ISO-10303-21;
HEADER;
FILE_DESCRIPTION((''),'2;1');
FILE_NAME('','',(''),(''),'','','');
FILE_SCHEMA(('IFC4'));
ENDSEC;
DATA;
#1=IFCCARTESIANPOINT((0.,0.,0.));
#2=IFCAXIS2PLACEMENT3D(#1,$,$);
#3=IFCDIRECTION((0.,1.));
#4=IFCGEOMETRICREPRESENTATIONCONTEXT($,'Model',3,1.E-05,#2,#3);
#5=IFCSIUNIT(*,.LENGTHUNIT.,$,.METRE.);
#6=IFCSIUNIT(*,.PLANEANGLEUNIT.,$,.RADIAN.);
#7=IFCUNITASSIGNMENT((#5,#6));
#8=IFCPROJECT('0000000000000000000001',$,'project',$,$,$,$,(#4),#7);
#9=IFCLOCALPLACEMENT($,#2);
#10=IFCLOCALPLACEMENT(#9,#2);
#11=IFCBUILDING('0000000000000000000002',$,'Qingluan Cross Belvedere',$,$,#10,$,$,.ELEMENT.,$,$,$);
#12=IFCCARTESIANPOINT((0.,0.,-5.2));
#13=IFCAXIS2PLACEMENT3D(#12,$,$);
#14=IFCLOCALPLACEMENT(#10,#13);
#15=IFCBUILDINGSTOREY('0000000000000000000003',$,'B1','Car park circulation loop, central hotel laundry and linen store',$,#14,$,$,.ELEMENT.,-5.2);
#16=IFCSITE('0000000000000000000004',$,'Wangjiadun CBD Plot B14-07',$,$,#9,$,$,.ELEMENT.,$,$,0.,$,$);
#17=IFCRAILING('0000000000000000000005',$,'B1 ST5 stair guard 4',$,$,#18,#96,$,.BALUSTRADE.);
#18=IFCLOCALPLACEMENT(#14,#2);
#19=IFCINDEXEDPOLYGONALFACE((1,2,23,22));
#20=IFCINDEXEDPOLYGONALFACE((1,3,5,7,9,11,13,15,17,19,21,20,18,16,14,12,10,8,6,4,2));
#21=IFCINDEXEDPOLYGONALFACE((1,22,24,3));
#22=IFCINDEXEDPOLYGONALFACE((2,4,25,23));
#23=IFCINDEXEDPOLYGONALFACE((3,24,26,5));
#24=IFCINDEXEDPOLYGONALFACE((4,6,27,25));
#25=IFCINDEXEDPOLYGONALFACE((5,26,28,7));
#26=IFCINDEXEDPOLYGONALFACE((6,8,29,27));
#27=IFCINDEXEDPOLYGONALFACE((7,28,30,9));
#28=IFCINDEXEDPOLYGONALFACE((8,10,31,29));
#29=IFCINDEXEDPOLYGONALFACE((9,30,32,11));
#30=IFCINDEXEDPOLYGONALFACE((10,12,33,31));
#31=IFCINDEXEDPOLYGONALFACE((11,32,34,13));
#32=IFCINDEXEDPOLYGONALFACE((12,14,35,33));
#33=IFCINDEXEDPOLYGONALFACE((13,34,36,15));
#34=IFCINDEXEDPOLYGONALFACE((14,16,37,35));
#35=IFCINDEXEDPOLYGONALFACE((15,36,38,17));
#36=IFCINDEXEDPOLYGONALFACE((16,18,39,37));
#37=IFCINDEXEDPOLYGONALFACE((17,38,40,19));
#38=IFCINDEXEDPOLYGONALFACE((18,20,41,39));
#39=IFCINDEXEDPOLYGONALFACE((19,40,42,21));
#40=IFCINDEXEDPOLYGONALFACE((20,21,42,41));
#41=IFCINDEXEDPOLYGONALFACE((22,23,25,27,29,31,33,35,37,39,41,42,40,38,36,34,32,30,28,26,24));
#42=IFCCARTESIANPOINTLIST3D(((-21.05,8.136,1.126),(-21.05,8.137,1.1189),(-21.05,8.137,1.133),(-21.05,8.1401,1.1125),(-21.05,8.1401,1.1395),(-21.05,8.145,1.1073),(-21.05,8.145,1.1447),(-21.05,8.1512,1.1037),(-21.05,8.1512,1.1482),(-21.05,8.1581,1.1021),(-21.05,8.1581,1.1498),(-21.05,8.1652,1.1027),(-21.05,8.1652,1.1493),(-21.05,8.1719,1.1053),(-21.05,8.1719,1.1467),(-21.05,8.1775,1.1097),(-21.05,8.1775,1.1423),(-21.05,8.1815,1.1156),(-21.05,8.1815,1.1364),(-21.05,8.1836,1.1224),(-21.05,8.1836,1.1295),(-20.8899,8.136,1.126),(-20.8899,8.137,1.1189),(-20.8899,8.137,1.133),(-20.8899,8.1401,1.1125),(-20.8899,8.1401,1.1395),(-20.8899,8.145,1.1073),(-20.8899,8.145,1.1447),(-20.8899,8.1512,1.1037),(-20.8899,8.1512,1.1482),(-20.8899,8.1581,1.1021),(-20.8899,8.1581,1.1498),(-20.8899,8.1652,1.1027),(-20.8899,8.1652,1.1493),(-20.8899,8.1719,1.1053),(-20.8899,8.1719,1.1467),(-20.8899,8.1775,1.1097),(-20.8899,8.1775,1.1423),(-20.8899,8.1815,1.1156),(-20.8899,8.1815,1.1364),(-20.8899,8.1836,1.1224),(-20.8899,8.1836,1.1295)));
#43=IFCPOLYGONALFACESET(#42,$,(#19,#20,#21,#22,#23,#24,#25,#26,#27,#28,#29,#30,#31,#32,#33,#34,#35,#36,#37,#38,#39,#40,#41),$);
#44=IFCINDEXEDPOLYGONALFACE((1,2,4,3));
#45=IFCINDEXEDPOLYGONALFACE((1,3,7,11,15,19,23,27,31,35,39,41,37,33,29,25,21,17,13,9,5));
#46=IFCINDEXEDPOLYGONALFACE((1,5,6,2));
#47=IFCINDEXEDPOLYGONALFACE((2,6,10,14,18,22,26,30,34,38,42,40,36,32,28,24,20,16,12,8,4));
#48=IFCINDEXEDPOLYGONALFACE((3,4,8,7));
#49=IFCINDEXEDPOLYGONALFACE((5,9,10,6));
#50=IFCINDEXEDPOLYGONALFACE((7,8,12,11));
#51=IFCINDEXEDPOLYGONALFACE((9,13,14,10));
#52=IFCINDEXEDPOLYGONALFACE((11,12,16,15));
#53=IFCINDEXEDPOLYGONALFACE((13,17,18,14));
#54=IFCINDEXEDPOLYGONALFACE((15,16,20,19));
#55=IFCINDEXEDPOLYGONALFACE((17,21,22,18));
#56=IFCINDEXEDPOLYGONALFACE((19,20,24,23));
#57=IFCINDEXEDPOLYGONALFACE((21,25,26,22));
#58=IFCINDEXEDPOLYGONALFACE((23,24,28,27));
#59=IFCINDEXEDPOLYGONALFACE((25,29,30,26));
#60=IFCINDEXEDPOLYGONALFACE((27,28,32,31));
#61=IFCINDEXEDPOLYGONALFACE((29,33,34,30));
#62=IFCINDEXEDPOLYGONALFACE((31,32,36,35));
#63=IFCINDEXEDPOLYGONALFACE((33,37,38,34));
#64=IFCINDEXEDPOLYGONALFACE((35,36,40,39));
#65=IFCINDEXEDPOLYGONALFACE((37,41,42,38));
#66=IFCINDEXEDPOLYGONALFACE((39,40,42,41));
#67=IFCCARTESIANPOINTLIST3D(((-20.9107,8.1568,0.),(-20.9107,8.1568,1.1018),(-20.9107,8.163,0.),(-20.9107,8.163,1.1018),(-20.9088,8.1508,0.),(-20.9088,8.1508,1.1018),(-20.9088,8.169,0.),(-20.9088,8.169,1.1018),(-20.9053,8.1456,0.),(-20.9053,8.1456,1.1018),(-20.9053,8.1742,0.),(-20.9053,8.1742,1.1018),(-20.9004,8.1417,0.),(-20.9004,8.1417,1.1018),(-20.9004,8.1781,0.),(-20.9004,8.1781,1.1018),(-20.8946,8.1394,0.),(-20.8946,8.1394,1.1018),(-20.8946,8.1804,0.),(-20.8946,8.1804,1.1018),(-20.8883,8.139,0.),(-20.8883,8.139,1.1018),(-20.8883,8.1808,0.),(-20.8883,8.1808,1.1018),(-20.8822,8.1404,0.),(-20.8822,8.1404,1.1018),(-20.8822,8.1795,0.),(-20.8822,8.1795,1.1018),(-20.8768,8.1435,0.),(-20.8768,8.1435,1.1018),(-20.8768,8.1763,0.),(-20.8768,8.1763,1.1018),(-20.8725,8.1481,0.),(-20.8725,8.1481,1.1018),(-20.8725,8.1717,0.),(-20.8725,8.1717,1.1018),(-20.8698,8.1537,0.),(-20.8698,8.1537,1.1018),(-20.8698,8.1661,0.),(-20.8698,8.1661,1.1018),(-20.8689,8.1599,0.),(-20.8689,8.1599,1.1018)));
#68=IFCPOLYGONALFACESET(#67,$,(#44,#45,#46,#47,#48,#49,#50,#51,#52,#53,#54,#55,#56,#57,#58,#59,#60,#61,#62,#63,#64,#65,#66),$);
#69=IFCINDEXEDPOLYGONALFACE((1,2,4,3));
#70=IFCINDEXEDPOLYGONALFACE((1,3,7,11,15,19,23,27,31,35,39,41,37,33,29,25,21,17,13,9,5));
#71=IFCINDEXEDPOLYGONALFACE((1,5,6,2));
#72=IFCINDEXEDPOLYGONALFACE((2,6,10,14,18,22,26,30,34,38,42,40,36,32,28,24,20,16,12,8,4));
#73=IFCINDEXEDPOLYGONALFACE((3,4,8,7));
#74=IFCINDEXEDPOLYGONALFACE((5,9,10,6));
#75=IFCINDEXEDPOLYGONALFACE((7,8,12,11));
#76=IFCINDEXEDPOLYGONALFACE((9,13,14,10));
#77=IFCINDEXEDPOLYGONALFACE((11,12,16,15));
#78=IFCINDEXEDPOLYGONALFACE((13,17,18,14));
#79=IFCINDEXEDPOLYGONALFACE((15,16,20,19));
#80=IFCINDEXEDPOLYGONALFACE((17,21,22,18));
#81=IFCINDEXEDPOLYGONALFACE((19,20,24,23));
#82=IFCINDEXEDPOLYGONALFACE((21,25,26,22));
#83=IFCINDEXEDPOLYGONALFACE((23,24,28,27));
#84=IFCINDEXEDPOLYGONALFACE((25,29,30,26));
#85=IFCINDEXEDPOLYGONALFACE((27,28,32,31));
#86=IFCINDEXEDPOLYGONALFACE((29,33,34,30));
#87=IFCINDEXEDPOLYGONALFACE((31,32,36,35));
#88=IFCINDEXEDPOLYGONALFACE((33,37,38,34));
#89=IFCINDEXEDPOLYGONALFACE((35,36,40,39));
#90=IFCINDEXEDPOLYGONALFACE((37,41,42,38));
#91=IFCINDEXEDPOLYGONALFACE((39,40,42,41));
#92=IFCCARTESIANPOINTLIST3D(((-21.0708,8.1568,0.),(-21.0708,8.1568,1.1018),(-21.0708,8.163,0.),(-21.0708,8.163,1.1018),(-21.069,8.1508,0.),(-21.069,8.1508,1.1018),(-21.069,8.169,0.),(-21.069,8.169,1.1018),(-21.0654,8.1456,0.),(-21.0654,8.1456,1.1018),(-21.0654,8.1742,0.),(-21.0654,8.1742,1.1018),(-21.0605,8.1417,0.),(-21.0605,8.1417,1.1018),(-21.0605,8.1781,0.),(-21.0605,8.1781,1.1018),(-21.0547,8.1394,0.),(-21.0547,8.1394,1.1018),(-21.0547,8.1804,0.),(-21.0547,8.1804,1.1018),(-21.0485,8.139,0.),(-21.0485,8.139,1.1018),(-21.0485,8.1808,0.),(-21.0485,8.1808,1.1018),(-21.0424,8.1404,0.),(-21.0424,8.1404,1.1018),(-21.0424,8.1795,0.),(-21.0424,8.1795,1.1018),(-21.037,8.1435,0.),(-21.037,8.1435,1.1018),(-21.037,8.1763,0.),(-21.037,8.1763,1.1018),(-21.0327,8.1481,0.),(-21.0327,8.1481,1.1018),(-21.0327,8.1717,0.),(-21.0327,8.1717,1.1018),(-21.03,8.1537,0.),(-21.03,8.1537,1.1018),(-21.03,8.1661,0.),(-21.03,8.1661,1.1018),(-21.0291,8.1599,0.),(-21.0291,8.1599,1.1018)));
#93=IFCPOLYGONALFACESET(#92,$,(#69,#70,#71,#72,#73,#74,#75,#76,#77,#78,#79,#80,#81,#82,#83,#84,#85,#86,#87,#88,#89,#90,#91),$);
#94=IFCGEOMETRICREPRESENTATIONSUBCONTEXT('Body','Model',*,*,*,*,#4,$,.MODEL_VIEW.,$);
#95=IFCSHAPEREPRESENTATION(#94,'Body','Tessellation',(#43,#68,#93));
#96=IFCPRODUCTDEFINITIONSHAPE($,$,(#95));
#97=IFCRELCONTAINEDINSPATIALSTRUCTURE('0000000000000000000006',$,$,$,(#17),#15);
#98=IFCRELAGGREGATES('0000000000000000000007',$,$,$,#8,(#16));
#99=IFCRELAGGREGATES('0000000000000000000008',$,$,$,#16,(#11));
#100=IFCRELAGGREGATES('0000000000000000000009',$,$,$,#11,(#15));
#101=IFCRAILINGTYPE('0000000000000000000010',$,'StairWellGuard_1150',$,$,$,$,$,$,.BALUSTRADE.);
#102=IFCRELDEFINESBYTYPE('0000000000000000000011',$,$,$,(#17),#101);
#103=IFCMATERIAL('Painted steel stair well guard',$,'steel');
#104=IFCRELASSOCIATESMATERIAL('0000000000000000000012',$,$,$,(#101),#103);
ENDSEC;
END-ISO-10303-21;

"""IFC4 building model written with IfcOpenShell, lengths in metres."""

from ifc_helpers import new_model, si_unit, direction, frame, origin, origin_2d, place, context, subcontext, project, spatial, circle, extrude, material, type_object, element, save


model = new_model("IFC4")

# Units and contexts
model_context = context("Model", 3, precision=1e-05, world=origin(), true_north=direction((0.0, 1.0)))
body_context = subcontext(model_context, "Body", "Model", "MODEL_VIEW")
ifc_project = project(units=[si_unit("LENGTHUNIT", "METRE"), si_unit("PLANEANGLEUNIT", "RADIAN")], contexts=[model_context])

# Site, building, storey
site_placement = place(None, origin())
site = spatial("IfcSite", under=ifc_project, at=site_placement, Name="Wangjiadun CBD Plot B14-07", CompositionType="ELEMENT", RefElevation=0.0)
building_placement = place(site_placement, origin())
building = spatial("IfcBuilding", under=site, at=building_placement, Name="Qingluan Cross Belvedere", CompositionType="ELEMENT")
storey_placement = place(building_placement, frame((0.0, 0.0, -5.2)))
storey = spatial("IfcBuildingStorey", under=building, at=storey_placement, Name="B1", Description="Car park circulation loop, central hotel laundry and linen store", CompositionType="ELEMENT", Elevation=-5.2)

# Railing
ifc_material_1 = material(Name="Painted steel stair well guard", Category="steel")
railing_type_1 = type_object("IfcRailingType", Name="StairWellGuard_1150", PredefinedType="BALUSTRADE", material=ifc_material_1)
railing_1_placement = place(storey_placement, frame((-20.8899, 8.1599, 0.0)))
element("IfcRailing", 1, at=railing_1_placement, inside=storey, type_object=railing_type_1, Name="B1 ST5 stair guard 4", PredefinedType="BALUSTRADE", context=body_context, shape_type="SweptSolid", body=[
    extrude(circle(Radius=0.0239, at=origin_2d()), frame((0.0, 0.0, 1.126), z_axis=(-1.0, 0.0, 0.0), x_axis=(0.0, -1.0, 0.0)), (0.0, 0.0, 1.0), 0.1602),
    extrude(circle(Radius=0.021, at=origin_2d()), origin(), (0.0, 0.0, 1.0), 1.1018),
    extrude(circle(Radius=0.021, at=origin_2d()), frame((-0.1602, 0.0, 0.0)), (0.0, 0.0, 1.0), 1.1018),
])

save(model, "model.ifc")
